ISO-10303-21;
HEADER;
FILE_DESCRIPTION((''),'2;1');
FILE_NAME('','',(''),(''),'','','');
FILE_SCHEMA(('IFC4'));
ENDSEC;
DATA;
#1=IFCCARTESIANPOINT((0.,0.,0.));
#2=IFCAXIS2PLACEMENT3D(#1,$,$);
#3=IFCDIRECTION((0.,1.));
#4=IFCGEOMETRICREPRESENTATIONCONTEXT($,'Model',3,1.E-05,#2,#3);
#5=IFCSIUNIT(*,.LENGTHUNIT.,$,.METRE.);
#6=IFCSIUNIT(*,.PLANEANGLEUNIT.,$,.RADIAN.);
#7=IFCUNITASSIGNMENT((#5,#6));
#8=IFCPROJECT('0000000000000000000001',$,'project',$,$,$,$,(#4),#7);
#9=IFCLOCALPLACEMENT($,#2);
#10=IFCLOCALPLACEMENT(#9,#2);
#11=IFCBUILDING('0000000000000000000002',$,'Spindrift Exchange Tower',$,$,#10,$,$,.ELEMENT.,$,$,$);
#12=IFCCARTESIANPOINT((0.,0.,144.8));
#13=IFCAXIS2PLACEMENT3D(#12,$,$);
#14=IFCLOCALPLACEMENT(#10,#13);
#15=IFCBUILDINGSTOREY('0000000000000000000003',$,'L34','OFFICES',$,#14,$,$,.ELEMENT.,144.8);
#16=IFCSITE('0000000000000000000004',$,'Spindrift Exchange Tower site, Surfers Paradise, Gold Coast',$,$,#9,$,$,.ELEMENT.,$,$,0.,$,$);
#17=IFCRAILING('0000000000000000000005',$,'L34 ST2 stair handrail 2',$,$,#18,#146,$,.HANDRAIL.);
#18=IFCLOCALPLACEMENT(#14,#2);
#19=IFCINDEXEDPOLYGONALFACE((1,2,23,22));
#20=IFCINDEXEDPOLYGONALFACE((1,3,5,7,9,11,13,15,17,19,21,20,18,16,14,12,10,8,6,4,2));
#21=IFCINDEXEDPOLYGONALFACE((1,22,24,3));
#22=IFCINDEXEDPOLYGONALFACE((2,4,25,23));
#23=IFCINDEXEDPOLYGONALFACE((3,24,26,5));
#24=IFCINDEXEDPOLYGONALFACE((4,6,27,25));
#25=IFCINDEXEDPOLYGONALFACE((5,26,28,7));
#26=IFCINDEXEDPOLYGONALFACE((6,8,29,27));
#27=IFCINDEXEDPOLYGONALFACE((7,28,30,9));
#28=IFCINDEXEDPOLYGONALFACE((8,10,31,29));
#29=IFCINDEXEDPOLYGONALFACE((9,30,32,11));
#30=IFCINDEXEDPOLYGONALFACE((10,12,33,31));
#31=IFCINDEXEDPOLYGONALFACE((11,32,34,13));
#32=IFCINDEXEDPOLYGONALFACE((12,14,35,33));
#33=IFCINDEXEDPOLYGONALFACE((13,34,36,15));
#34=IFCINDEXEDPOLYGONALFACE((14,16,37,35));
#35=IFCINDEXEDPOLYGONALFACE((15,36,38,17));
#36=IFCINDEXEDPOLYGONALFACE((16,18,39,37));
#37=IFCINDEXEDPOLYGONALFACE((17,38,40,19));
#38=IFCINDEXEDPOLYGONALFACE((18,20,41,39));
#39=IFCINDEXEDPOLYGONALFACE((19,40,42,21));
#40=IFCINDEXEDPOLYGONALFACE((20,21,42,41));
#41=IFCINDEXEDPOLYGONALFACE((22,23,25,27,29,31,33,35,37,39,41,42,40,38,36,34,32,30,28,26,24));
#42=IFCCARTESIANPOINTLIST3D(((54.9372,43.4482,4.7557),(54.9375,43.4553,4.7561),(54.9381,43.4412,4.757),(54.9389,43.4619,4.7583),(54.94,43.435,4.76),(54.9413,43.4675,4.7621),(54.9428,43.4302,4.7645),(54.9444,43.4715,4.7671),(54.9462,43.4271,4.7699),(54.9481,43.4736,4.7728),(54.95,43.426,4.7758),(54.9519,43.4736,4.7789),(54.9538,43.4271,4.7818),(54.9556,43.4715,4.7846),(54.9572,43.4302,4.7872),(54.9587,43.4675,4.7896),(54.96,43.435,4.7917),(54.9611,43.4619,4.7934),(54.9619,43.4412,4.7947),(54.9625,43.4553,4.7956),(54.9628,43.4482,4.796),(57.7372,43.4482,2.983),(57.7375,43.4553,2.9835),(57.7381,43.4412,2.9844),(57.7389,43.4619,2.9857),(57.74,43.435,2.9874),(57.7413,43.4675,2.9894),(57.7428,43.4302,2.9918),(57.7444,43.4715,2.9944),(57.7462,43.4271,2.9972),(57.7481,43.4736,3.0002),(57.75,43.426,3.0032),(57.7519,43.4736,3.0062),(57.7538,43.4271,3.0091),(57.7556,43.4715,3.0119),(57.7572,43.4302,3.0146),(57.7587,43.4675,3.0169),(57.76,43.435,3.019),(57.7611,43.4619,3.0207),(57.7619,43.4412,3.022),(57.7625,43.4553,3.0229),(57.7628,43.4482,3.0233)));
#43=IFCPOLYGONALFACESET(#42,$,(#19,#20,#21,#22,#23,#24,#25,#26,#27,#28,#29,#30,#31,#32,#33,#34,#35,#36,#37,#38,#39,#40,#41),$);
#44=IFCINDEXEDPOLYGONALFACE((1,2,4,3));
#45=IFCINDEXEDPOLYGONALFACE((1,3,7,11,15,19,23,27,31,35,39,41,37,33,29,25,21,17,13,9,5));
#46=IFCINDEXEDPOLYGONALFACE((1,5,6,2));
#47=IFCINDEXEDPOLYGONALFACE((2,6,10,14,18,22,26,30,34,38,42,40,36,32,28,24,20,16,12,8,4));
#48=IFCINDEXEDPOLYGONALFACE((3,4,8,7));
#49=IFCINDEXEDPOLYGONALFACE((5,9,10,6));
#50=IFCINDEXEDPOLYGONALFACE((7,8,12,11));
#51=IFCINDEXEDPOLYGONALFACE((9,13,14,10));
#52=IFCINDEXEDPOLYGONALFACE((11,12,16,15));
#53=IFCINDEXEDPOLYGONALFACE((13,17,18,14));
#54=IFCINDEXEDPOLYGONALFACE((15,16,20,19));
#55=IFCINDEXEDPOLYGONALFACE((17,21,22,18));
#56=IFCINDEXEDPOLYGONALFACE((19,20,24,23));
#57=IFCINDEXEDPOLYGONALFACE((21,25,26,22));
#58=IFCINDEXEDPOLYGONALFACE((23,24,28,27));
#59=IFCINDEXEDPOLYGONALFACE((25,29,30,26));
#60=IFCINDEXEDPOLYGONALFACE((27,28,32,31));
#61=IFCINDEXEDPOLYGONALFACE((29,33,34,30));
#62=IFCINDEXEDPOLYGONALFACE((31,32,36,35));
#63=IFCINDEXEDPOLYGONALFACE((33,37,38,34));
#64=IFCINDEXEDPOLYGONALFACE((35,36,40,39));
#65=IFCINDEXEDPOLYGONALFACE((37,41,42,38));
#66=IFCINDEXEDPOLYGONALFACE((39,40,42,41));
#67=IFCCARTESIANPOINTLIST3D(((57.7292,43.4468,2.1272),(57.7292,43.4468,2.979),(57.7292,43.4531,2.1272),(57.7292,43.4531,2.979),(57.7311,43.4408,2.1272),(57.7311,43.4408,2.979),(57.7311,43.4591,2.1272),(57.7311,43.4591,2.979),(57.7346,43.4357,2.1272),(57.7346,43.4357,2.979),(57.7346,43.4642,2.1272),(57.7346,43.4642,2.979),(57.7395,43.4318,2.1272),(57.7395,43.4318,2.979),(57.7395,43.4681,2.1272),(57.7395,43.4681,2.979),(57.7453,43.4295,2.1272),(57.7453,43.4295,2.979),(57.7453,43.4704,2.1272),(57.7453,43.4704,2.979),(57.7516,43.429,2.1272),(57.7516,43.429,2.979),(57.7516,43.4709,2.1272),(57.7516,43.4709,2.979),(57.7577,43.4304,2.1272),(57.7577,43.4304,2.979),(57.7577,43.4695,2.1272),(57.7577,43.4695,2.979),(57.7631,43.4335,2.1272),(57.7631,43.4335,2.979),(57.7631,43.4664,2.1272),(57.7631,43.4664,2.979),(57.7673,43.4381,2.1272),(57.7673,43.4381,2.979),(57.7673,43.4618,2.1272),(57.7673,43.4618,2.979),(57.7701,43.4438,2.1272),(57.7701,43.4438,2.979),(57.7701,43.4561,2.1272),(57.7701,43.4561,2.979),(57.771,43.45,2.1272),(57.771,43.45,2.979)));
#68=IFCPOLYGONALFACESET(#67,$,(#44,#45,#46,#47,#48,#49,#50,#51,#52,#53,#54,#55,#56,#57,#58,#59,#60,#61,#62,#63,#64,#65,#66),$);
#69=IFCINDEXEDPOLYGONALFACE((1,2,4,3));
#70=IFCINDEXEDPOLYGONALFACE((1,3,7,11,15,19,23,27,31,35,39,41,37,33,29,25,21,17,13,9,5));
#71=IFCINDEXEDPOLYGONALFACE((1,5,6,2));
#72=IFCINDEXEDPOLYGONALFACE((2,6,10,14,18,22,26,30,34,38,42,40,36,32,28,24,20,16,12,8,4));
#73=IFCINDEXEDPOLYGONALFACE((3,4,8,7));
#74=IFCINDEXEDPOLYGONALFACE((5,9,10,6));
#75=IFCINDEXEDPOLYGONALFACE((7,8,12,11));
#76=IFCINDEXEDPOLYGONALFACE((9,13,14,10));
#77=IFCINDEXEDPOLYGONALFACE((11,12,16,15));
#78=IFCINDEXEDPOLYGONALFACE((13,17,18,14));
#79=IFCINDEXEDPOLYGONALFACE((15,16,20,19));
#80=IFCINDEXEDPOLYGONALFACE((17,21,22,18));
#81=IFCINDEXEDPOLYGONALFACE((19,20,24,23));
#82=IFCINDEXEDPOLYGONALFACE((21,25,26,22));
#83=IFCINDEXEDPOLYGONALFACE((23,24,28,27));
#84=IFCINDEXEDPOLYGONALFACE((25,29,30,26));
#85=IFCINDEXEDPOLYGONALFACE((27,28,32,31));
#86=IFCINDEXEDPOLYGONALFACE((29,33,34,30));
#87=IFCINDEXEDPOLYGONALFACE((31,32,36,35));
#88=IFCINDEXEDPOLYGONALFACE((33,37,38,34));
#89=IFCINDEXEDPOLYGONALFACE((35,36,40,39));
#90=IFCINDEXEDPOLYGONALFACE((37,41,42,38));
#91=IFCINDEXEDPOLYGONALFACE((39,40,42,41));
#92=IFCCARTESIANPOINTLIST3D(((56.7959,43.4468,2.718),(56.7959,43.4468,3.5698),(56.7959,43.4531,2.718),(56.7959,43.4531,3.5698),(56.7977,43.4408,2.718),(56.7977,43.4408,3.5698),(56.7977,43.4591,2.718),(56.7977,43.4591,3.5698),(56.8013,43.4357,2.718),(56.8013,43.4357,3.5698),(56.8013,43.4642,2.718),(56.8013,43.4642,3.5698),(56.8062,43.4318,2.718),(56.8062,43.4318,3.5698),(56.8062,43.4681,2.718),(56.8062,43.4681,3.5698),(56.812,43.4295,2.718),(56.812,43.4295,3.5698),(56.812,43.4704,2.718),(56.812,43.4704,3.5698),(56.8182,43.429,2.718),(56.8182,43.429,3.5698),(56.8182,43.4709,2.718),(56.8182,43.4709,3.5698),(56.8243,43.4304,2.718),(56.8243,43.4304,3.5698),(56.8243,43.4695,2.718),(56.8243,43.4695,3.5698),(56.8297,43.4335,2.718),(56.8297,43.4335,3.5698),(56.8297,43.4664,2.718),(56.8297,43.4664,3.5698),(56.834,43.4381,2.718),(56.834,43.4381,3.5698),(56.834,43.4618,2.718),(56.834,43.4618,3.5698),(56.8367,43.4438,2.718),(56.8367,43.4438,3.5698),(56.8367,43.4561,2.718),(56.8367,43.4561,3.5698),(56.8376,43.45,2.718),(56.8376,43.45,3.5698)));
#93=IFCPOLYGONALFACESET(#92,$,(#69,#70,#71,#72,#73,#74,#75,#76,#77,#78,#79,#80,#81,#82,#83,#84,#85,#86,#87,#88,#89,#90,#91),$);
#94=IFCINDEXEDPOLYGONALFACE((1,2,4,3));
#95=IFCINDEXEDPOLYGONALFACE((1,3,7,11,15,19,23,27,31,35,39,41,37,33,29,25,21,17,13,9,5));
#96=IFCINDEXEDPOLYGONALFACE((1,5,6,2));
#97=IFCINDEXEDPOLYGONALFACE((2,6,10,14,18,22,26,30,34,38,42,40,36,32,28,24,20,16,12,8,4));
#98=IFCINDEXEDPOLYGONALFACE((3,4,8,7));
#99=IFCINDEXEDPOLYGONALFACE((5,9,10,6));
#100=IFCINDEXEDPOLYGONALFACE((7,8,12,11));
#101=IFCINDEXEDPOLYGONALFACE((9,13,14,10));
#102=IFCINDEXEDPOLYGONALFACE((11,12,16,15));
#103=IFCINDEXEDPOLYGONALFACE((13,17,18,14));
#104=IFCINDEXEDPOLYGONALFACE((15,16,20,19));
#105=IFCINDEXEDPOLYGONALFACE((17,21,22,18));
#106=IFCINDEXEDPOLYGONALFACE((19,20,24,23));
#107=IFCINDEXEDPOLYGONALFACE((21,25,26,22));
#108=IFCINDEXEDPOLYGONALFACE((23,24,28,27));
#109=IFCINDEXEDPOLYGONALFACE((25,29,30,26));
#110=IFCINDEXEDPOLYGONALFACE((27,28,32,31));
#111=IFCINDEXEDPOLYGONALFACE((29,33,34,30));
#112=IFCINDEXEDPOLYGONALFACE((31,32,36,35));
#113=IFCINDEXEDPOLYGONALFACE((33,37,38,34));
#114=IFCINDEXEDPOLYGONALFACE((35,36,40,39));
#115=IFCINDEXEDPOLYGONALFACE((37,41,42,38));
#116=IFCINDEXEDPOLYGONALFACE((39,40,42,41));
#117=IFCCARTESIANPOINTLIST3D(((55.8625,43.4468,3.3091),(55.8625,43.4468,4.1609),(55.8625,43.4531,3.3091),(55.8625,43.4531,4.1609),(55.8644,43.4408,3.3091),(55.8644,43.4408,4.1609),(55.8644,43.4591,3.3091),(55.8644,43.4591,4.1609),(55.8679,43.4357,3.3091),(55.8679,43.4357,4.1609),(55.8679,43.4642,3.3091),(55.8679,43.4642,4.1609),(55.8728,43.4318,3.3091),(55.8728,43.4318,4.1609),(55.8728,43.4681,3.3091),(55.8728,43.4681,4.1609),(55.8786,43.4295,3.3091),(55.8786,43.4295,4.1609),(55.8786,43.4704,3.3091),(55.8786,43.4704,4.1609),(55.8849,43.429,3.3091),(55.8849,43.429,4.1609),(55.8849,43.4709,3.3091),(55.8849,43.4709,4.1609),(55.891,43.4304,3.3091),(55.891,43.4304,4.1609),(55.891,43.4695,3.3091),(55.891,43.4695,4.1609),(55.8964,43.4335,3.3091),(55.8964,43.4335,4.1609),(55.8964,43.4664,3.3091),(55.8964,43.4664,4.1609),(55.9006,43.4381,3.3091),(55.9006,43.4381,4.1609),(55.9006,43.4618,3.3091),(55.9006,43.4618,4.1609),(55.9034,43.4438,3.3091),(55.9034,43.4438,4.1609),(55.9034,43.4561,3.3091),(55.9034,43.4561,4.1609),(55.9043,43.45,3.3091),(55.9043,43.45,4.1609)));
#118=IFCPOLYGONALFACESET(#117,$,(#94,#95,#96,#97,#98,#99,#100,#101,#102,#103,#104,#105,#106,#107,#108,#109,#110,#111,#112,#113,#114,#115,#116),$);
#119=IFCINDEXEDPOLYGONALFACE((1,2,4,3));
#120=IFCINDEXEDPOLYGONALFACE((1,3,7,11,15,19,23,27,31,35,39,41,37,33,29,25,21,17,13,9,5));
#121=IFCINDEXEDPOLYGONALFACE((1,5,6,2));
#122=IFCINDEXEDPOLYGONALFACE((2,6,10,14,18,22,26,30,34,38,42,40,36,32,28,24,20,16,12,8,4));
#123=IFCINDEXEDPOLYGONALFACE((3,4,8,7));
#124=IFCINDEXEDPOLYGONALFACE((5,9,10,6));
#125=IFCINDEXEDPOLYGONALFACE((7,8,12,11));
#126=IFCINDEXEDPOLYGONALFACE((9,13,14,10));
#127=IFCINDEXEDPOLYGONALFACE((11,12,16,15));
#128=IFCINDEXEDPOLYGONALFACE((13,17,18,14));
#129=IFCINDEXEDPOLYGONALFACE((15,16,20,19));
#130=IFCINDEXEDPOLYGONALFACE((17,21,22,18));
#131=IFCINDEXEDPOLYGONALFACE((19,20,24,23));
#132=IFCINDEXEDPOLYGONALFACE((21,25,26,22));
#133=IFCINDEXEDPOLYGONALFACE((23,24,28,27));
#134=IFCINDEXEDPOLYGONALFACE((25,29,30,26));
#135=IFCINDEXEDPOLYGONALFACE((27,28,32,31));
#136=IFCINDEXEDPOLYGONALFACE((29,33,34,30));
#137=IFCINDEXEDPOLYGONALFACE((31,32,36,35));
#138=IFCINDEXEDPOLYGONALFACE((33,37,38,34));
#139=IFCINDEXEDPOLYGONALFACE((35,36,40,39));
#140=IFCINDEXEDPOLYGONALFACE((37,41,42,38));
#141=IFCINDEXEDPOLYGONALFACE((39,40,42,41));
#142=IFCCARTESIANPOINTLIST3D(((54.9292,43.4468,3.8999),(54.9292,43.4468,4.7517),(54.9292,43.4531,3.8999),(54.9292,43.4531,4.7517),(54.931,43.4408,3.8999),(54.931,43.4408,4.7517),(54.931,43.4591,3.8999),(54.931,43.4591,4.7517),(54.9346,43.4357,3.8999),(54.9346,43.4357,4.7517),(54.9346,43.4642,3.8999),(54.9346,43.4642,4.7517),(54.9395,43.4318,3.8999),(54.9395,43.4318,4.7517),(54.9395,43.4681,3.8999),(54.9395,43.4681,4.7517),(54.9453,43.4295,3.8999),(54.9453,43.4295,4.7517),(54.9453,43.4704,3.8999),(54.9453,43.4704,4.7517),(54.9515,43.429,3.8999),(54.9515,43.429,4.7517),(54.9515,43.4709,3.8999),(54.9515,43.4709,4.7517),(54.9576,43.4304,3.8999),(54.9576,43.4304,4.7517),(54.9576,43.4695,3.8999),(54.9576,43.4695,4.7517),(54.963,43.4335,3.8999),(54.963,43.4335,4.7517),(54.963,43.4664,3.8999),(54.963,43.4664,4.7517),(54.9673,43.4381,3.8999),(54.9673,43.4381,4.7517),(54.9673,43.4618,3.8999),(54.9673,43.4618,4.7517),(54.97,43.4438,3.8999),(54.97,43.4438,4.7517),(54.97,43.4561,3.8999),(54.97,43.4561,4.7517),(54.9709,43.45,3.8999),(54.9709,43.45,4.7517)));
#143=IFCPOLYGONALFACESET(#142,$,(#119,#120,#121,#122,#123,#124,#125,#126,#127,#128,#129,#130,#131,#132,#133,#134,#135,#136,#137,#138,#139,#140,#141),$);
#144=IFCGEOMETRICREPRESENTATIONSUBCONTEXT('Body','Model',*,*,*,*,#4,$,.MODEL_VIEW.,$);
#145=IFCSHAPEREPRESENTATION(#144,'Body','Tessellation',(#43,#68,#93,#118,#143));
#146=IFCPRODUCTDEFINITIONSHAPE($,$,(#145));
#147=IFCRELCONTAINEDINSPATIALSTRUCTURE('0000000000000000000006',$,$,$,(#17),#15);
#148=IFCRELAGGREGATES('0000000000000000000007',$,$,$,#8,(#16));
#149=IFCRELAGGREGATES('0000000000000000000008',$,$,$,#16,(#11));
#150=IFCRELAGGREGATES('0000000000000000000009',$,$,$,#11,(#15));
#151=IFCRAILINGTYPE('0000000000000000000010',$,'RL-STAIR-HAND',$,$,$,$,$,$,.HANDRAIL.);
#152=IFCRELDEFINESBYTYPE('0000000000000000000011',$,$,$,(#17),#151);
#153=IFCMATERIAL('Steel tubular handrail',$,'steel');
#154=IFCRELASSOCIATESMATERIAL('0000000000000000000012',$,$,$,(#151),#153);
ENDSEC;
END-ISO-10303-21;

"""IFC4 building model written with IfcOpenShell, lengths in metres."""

from ifc_helpers import new_model, si_unit, direction, frame, origin, origin_2d, place, context, subcontext, project, spatial, circle, extrude, material, type_object, element, save


model = new_model("IFC4")

# Units and contexts
model_context = context("Model", 3, precision=1e-05, world=origin(), true_north=direction((0.0, 1.0)))
body_context = subcontext(model_context, "Body", "Model", "MODEL_VIEW")
ifc_project = project(units=[si_unit("LENGTHUNIT", "METRE"), si_unit("PLANEANGLEUNIT", "RADIAN")], contexts=[model_context])

# Site, building, storey
site_placement = place(None, origin())
site = spatial("IfcSite", under=ifc_project, at=site_placement, Name="Spindrift Exchange Tower site, Surfers Paradise, Gold Coast", CompositionType="ELEMENT", RefElevation=0.0)
building_placement = place(site_placement, origin())
building = spatial("IfcBuilding", under=site, at=building_placement, Name="Spindrift Exchange Tower", CompositionType="ELEMENT")
storey_placement = place(building_placement, frame((0.0, 0.0, 144.8)))
storey = spatial("IfcBuildingStorey", under=building, at=storey_placement, Name="L34", Description="OFFICES", CompositionType="ELEMENT", Elevation=144.8)

# Railing
ifc_material_1 = material(Name="Steel tubular handrail", Category="steel")
railing_type_1 = type_object("IfcRailingType", Name="RL-STAIR-HAND", PredefinedType="HANDRAIL", material=ifc_material_1)
railing_1_placement = place(storey_placement, frame((57.75, 43.45, 2.1272)))
element("IfcRailing", 1, at=railing_1_placement, inside=storey, type_object=railing_type_1, Name="L34 ST2 stair handrail 2", PredefinedType="HANDRAIL", context=body_context, shape_type="SweptSolid", body=[
    extrude(circle(Radius=0.0239, at=origin_2d()), frame((0.0, 0.0, 0.876), z_axis=(-0.844909, 0.0, 0.53491), x_axis=(0.0, -1.0, 0.0)), (0.0, 0.0, 1.0), 3.314),
    extrude(circle(Radius=0.021, at=origin_2d()), origin(), (0.0, 0.0, 1.0), 0.8518),
    extrude(circle(Radius=0.021, at=origin_2d()), frame((-0.9333, 0.0, 0.5908)), (0.0, 0.0, 1.0), 0.8518),
    extrude(circle(Radius=0.021, at=origin_2d()), frame((-1.8667, 0.0, 1.1819)), (0.0, 0.0, 1.0), 0.8518),
    extrude(circle(Radius=0.021, at=origin_2d()), frame((-2.8, 0.0, 1.7727)), (0.0, 0.0, 1.0), 0.8518),
])

save(model, "model.ifc")
